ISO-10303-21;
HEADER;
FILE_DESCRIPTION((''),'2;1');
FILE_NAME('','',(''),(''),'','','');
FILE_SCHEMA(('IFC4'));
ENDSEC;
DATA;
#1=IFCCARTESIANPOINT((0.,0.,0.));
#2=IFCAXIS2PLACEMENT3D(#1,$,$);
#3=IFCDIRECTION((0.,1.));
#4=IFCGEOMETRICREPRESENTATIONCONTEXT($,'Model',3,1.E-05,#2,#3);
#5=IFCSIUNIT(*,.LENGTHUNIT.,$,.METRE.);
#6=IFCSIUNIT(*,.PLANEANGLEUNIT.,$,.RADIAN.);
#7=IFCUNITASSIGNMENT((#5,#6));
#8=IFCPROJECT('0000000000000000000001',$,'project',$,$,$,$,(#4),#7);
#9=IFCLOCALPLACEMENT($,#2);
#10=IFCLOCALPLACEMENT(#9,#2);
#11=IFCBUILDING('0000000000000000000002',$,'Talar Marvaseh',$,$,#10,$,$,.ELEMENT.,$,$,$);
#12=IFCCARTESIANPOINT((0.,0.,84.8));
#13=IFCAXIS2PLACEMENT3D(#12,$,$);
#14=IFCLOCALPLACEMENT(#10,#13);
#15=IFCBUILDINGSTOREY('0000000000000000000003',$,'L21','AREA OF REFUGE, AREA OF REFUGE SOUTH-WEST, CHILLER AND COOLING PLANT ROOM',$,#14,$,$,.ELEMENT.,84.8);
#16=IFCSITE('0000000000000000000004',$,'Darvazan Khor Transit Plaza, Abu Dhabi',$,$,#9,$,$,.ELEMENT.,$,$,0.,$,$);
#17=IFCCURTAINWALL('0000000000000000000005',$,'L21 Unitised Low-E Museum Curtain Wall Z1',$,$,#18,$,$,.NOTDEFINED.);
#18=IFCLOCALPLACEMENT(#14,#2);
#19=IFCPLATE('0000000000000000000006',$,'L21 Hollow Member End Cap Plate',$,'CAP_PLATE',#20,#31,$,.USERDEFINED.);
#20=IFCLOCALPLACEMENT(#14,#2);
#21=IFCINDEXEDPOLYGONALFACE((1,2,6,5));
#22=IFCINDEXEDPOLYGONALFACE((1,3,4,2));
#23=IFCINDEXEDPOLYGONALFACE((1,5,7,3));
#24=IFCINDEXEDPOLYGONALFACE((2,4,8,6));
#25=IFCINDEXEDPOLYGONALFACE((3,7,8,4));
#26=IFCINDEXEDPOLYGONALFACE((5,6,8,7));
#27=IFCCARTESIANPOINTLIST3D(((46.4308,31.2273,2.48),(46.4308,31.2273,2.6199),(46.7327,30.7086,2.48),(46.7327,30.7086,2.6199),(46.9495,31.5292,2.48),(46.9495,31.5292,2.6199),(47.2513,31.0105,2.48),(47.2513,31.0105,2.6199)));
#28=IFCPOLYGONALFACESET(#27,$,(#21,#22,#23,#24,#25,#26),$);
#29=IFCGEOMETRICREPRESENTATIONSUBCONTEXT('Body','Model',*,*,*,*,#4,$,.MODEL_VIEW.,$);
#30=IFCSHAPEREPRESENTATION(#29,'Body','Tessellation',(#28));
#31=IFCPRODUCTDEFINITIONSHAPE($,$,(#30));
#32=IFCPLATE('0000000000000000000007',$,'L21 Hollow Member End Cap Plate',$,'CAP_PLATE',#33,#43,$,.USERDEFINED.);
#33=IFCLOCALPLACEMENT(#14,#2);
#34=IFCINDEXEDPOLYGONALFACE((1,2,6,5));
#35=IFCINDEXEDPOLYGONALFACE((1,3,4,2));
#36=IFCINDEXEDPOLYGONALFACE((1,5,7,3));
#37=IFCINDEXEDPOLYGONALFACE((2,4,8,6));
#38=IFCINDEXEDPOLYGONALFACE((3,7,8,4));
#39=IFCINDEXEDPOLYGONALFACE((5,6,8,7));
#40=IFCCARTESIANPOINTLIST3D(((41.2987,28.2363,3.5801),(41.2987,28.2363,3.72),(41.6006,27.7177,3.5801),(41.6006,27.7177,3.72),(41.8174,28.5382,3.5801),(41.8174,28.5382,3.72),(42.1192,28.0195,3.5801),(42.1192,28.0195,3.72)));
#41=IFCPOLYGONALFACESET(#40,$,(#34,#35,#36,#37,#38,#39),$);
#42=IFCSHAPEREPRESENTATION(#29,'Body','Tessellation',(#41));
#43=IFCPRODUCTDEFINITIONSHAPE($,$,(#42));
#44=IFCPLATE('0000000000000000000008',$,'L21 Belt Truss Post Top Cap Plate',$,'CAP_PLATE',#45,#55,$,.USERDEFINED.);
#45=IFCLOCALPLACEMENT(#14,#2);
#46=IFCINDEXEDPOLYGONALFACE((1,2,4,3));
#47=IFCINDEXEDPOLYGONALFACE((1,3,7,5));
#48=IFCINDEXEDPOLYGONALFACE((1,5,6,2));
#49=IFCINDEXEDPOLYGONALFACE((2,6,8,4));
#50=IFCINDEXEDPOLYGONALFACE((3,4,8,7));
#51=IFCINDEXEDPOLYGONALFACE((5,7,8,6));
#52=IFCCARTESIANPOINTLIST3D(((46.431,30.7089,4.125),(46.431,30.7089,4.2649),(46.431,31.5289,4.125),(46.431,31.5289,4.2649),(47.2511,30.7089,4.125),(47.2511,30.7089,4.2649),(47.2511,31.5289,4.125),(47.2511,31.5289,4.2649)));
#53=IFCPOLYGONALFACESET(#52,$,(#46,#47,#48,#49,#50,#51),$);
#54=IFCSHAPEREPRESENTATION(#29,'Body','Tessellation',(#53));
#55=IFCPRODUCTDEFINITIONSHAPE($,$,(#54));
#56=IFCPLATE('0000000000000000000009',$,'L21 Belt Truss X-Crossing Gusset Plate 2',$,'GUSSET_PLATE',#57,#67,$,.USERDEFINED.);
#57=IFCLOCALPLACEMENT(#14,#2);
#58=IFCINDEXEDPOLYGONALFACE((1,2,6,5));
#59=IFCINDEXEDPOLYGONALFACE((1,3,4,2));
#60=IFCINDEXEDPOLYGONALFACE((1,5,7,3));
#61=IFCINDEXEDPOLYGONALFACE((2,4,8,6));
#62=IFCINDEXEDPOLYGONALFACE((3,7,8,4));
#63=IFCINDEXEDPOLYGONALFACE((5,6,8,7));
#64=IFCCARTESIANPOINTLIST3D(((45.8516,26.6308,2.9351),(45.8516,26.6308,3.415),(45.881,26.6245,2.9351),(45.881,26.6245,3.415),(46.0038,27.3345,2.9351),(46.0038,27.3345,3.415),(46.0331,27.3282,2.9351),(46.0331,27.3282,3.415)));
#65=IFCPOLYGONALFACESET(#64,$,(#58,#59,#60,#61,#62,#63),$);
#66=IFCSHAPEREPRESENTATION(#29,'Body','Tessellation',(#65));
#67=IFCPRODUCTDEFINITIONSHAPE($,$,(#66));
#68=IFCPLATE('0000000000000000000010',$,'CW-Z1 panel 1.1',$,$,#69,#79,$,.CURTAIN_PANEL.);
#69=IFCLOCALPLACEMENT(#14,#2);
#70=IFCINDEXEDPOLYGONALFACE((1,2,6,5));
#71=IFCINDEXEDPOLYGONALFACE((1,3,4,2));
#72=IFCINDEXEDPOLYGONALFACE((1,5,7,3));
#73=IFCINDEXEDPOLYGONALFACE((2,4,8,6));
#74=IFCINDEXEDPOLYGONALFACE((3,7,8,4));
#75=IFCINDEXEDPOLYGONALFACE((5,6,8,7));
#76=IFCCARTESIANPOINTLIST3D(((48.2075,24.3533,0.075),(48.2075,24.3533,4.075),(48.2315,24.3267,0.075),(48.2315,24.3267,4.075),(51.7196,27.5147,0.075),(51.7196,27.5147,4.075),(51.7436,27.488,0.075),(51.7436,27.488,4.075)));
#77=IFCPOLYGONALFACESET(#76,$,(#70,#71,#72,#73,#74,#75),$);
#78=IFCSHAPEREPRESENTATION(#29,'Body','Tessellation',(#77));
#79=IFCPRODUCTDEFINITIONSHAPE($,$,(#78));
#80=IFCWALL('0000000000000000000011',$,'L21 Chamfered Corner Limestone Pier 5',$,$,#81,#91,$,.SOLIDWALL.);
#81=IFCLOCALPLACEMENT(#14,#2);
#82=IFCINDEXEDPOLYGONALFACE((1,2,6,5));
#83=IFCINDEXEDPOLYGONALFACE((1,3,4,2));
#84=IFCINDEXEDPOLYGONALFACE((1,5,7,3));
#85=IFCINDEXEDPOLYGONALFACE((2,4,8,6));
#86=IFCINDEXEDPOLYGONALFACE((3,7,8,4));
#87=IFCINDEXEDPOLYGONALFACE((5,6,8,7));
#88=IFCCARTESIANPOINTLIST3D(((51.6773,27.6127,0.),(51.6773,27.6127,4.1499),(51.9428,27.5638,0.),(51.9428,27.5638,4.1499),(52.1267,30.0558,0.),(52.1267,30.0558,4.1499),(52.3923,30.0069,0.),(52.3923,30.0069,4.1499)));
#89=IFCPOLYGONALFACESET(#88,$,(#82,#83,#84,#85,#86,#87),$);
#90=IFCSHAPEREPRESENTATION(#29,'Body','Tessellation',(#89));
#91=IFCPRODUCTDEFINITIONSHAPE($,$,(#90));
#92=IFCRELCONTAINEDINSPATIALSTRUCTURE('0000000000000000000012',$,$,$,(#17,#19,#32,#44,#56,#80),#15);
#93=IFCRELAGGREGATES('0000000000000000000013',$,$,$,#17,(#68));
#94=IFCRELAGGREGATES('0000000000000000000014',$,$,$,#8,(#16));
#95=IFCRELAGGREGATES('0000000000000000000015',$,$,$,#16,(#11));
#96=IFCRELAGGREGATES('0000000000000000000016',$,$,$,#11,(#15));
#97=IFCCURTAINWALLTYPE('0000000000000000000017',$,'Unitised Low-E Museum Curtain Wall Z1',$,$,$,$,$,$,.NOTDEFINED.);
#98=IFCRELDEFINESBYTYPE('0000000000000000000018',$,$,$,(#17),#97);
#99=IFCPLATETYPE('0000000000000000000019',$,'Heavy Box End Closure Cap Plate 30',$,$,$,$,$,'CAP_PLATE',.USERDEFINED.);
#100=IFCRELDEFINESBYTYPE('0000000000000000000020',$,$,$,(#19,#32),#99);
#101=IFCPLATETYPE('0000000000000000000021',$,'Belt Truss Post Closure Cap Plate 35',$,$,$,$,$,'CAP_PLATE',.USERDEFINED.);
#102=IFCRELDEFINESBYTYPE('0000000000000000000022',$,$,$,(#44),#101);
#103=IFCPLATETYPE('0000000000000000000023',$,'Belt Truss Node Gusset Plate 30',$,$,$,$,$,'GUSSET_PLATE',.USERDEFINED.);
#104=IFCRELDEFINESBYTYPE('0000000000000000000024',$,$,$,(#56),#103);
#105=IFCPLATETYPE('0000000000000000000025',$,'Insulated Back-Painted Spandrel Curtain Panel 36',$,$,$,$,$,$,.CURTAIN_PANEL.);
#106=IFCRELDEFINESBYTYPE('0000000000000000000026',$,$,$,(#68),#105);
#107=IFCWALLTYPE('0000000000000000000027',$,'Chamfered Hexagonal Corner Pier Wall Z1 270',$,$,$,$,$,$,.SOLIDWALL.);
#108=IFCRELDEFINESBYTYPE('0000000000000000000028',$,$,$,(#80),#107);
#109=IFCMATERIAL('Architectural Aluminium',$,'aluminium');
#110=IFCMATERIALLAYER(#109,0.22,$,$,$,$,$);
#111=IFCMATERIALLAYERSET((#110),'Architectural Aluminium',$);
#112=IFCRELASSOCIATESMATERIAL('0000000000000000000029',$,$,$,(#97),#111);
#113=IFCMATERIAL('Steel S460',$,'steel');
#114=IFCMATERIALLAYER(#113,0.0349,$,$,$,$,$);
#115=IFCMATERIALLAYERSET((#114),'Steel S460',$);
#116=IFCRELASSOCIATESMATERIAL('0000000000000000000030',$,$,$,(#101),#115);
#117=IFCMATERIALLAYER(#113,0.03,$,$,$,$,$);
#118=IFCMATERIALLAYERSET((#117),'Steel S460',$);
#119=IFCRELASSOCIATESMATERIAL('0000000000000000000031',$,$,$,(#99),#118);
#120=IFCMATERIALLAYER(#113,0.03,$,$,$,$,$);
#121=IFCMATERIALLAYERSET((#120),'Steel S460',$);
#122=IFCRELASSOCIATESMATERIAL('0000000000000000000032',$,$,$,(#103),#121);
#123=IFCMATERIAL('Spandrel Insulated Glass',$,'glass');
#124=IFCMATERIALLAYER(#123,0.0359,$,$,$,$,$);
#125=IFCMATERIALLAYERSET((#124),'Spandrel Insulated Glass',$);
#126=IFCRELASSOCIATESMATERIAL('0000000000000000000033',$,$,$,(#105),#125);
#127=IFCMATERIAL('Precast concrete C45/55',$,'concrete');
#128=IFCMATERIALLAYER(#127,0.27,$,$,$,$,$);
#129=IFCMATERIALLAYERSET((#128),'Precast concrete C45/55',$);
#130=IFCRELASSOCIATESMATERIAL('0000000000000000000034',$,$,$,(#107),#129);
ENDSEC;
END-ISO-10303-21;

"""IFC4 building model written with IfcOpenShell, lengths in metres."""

from ifc_helpers import new_model, si_unit, direction, frame, frame_2d, origin, origin_2d, place, context, subcontext, project, spatial, rectangle, extrude, source, transform, mapped, material, layer, layer_set, type_object, type_shapes, element, aggregate, save


model = new_model("IFC4")

# Units and contexts
model_context = context("Model", 3, precision=1e-05, world=origin(), true_north=direction((0.0, 1.0)))
body_context = subcontext(model_context, "Body", "Model", "MODEL_VIEW")
ifc_project = project(units=[si_unit("LENGTHUNIT", "METRE"), si_unit("PLANEANGLEUNIT", "RADIAN")], contexts=[model_context])

# Site, building, storey
site_placement = place(None, origin())
site = spatial("IfcSite", under=ifc_project, at=site_placement, Name="Darvazan Khor Transit Plaza, Abu Dhabi", CompositionType="ELEMENT", RefElevation=0.0)
building_placement = place(site_placement, origin())
building = spatial("IfcBuilding", under=site, at=building_placement, Name="Talar Marvaseh", CompositionType="ELEMENT")
storey_placement = place(building_placement, frame((0.0, 0.0, 84.8)))
storey = spatial("IfcBuildingStorey", under=building, at=storey_placement, Name="L21", Description="AREA OF REFUGE, AREA OF REFUGE SOUTH-WEST, CHILLER AND COOLING PLANT ROOM", CompositionType="ELEMENT", Elevation=84.8)

# Shared definitions
ifc_material_1 = material(Name="Steel S460", Category="steel")

# Curtain wall
ifc_material_2 = material(Name="Architectural Aluminium", Category="aluminium")
ifc_layer_1 = layer(ifc_material_2, 0.22)
ifc_layer_set_1 = layer_set([ifc_layer_1], Name="Architectural Aluminium")
curtain_wall_type = type_object("IfcCurtainWallType", Name="Unitised Low-E Museum Curtain Wall Z1", PredefinedType="NOTDEFINED", material=ifc_layer_set_1)
curtain_wall_1_placement = place(storey_placement, origin())
curtain_wall_1 = element("IfcCurtainWall", 1, at=curtain_wall_1_placement, inside=storey, type_object=curtain_wall_type, Name="L21 Unitised Low-E Museum Curtain Wall Z1", PredefinedType="NOTDEFINED")

# Plates
ifc_layer_2 = layer(ifc_material_1, 0.0349)
ifc_layer_set_2 = layer_set([ifc_layer_2], Name="Steel S460")
plate_type_1 = type_object("IfcPlateType", Name="Belt Truss Post Closure Cap Plate 35", ElementType="CAP_PLATE", PredefinedType="USERDEFINED", material=ifc_layer_set_2)
ifc_layer_3 = layer(ifc_material_1, 0.03)
ifc_layer_set_3 = layer_set([ifc_layer_3], Name="Steel S460")
plate_type_2 = type_object("IfcPlateType", Name="Heavy Box End Closure Cap Plate 30", ElementType="CAP_PLATE", PredefinedType="USERDEFINED", material=ifc_layer_set_3)
shared_shape_1 = source(origin(), body_context, "Body", "SweptSolid", [
    extrude(rectangle(XDim=0.6001, YDim=0.6001, at=origin_2d()), origin(), (0.0, 0.0, 1.0), 0.1399),
])
type_shapes(plate_type_2, [shared_shape_1])
for number, where, z_axis, x_axis, name in (
    (2, (46.8411, 31.1189, 2.48), (0.0, 0.0, 1.0), (-0.864275, -0.50302, 0.0), "L21 Hollow Member End Cap Plate"),
    (3, (41.709, 28.1279, 3.5801), (0.0, 0.0, 1.0), (-0.864275, -0.50302, 0.0), "L21 Hollow Member End Cap Plate"),
):
    element("IfcPlate", number, at=place(storey_placement, frame(where, z_axis=z_axis, x_axis=x_axis)), inside=storey, type_object=plate_type_2, Name=name, ObjectType="CAP_PLATE", PredefinedType="USERDEFINED", context=body_context, shape_type="MappedRepresentation", body=[
        mapped(shared_shape_1, transform((0.0, 0.0, 0.0), x_axis=(1.0, 0.0, 0.0), y_axis=(0.0, 1.0, 0.0), z_axis=(0.0, 0.0, 1.0), scale=1.0)),
    ])
shared_shape_2 = source(origin(), body_context, "Body", "SweptSolid", [
    extrude(rectangle(XDim=0.8201, YDim=0.8201, at=origin_2d()), origin(), (0.0, 0.0, 1.0), 0.1399),
])
plate_1_placement = place(storey_placement, frame((46.8411, 31.1189, 4.125), z_axis=(0.0, 0.0, 1.0), x_axis=(1.0, 0.0, 0.0)))
element("IfcPlate", 4, at=plate_1_placement, inside=storey, type_object=plate_type_1, Name="L21 Belt Truss Post Top Cap Plate", ObjectType="CAP_PLATE", PredefinedType="USERDEFINED", context=body_context, shape_type="MappedRepresentation", body=[
    mapped(shared_shape_2, transform((0.0, 0.0, 0.0), x_axis=(1.0, 0.0, 0.0), y_axis=(0.0, 1.0, 0.0), z_axis=(0.0, 0.0, 1.0), scale=1.0)),
])
ifc_layer_4 = layer(ifc_material_1, 0.03)
ifc_layer_set_4 = layer_set([ifc_layer_4], Name="Steel S460")
plate_type_3 = type_object("IfcPlateType", Name="Belt Truss Node Gusset Plate 30", ElementType="GUSSET_PLATE", PredefinedType="USERDEFINED", material=ifc_layer_set_4)
shared_shape_3 = source(origin(), body_context, "Body", "SweptSolid", [
    extrude(rectangle(XDim=0.72, YDim=0.03, at=origin_2d()), origin(), (0.0, 0.0, 1.0), 0.48),
])
type_shapes(plate_type_3, [shared_shape_3])
plate_2_placement = place(storey_placement, frame((45.9424, 26.9795, 2.9351), z_axis=(0.0, 0.0, 1.0), x_axis=(-0.211325, -0.977416, 0.0)))
element("IfcPlate", 5, at=plate_2_placement, inside=storey, type_object=plate_type_3, Name="L21 Belt Truss X-Crossing Gusset Plate 2", ObjectType="GUSSET_PLATE", PredefinedType="USERDEFINED", context=body_context, shape_type="MappedRepresentation", body=[
    mapped(shared_shape_3, transform((0.0, 0.0, 0.0), x_axis=(1.0, 0.0, 0.0), y_axis=(0.0, 1.0, 0.0), z_axis=(0.0, 0.0, 1.0), scale=1.0)),
])

# Plate
ifc_material_3 = material(Name="Spandrel Insulated Glass", Category="glass")
ifc_layer_5 = layer(ifc_material_3, 0.0359)
ifc_layer_set_5 = layer_set([ifc_layer_5], Name="Spandrel Insulated Glass")
plate_type_4 = type_object("IfcPlateType", Name="Insulated Back-Painted Spandrel Curtain Panel 36", PredefinedType="CURTAIN_PANEL", material=ifc_layer_set_5)
shared_shape_4 = source(origin(), body_context, "Body", "SweptSolid", [
    extrude(rectangle(XDim=4.7253, YDim=0.0359, at=origin_2d()), origin(), (0.0, 0.0, 1.0), 4.0),
])
type_shapes(plate_type_4, [shared_shape_4])
plate_3_placement = place(storey_placement, frame((49.9756, 25.9207, 0.075), z_axis=(0.0, 0.0, 1.0), x_axis=(-0.743248, -0.669016, 0.0)))
plate_3 = element("IfcPlate", 6, at=plate_3_placement, type_object=plate_type_4, Name="CW-Z1 panel 1.1", PredefinedType="CURTAIN_PANEL", context=body_context, shape_type="MappedRepresentation", body=[
    mapped(shared_shape_4, transform((0.0, 0.0, 0.0), x_axis=(1.0, 0.0, 0.0), y_axis=(0.0, 1.0, 0.0), z_axis=(0.0, 0.0, 1.0), scale=1.0)),
])
aggregate(curtain_wall_1, [plate_3])

# Wall
ifc_material_4 = material(Name="Precast concrete C45/55", Category="concrete")
ifc_layer_6 = layer(ifc_material_4, 0.27)
ifc_layer_set_6 = layer_set([ifc_layer_6], Name="Precast concrete C45/55")
wall_type = type_object("IfcWallType", Name="Chamfered Hexagonal Corner Pier Wall Z1 270", PredefinedType="SOLIDWALL", material=ifc_layer_set_6)
wall_placement = place(storey_placement, frame((52.2595, 30.0315, 0.0), z_axis=(0.0, 0.0, 1.0), x_axis=(-0.180935, -0.983495, 0.0)))
element("IfcWall", 7, at=wall_placement, inside=storey, type_object=wall_type, Name="L21 Chamfered Corner Limestone Pier 5", PredefinedType="SOLIDWALL", context=body_context, shape_type="SweptSolid", body=[
    extrude(rectangle(XDim=2.4841, YDim=0.27, at=frame_2d((1.2422, 0.0))), origin(), (0.0, 0.0, 1.0), 4.1499),
])

save(model, "model.ifc")
